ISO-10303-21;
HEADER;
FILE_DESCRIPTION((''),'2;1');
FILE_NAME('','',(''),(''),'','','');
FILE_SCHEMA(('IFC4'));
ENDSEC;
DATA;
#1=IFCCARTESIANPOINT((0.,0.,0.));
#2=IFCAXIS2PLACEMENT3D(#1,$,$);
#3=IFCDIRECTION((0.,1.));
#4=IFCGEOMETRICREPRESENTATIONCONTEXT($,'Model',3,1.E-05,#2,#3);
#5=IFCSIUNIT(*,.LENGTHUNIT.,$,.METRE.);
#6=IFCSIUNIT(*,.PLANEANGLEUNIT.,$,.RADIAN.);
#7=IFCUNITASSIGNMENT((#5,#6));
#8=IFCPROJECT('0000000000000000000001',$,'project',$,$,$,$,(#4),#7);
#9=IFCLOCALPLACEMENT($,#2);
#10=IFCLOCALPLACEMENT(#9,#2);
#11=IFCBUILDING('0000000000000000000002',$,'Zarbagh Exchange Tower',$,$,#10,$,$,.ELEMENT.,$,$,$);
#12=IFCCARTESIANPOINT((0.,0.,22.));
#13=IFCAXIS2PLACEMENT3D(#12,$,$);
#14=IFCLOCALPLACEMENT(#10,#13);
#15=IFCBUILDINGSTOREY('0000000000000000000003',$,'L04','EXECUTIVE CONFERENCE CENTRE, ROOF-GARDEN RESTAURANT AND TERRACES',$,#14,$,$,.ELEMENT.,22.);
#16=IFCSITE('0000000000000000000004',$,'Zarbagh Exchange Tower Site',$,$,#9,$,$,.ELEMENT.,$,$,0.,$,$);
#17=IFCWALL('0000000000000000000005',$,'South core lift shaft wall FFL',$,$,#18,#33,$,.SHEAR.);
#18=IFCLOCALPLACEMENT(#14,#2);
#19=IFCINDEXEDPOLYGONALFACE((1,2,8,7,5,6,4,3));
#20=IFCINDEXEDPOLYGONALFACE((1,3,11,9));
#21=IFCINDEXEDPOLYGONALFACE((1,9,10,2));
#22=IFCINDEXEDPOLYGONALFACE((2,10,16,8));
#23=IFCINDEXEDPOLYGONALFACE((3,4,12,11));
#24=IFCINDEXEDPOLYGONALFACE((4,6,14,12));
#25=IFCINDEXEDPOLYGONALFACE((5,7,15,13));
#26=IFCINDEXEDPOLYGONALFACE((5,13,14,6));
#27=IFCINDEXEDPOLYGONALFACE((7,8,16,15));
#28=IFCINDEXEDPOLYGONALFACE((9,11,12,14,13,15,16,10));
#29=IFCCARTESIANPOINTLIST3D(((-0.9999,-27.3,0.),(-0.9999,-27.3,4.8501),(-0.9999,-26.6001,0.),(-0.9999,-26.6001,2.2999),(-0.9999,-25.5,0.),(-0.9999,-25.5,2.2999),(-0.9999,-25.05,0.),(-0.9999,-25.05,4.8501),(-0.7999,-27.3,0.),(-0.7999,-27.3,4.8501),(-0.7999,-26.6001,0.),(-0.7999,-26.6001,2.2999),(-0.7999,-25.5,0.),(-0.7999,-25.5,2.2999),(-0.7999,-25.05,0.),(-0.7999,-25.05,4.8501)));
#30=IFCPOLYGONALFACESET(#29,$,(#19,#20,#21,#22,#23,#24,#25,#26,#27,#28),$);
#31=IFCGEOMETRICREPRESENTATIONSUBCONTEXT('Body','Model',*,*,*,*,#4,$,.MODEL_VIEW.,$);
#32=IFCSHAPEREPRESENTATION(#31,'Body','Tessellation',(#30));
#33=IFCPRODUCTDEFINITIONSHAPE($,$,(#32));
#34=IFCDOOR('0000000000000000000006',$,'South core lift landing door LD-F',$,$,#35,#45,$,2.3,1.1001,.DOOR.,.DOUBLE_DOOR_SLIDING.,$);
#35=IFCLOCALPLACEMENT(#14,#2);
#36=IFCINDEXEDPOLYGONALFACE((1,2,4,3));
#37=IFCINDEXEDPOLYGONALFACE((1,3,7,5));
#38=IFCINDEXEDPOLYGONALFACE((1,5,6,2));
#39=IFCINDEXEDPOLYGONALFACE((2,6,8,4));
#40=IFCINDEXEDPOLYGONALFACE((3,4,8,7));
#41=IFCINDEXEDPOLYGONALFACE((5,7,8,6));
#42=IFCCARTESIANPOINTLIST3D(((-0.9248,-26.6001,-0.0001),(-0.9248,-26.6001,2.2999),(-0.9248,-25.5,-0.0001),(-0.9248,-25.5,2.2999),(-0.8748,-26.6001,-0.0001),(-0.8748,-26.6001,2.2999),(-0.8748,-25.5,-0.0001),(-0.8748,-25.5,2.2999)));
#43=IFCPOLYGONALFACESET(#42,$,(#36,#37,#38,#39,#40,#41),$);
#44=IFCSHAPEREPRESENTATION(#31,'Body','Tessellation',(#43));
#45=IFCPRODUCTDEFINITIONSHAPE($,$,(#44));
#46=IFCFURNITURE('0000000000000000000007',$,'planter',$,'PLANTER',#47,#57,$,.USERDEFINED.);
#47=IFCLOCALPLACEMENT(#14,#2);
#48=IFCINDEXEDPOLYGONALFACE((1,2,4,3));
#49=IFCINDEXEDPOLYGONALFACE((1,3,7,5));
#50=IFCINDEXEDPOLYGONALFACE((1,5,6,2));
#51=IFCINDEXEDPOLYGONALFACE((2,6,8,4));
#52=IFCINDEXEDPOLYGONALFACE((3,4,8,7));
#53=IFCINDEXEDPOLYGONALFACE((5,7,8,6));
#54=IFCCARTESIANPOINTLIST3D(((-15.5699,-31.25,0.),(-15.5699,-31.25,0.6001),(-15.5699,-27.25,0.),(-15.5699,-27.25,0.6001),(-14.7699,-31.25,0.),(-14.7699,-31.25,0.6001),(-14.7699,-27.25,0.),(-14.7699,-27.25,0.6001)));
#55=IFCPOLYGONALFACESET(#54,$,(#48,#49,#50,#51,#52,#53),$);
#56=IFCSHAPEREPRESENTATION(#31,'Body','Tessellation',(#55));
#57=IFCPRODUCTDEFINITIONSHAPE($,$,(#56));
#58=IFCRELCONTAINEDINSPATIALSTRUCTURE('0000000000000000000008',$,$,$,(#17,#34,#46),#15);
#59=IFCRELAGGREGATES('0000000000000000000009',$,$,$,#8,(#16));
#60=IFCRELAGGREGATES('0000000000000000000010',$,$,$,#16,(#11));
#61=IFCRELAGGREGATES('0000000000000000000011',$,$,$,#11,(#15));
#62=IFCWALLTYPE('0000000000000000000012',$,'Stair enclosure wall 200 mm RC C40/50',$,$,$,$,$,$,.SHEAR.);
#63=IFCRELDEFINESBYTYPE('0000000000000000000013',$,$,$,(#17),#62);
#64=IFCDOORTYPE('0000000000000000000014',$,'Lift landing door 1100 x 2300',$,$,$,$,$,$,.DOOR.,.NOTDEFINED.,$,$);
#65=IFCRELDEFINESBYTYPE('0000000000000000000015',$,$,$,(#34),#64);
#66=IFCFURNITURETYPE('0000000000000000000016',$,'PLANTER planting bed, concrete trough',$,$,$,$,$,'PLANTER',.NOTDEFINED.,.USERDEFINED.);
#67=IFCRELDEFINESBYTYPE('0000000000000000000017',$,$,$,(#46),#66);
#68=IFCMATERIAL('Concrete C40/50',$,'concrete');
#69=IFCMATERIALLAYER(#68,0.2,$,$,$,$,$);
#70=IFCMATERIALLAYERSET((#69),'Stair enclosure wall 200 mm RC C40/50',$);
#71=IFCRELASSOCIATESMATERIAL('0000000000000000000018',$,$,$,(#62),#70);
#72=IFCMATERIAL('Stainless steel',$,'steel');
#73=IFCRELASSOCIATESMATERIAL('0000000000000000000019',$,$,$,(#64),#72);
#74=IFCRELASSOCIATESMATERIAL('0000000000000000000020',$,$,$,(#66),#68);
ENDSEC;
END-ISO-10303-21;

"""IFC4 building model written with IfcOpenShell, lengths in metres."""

from ifc_helpers import new_model, si_unit, direction, frame, frame_2d, origin, origin_2d, place, context, subcontext, project, spatial, rectangle, extrude, material, layer, layer_set, type_object, element, fill, save


model = new_model("IFC4")

# Units and contexts
model_context = context("Model", 3, precision=1e-05, world=origin(), true_north=direction((0.0, 1.0)))
body_context = subcontext(model_context, "Body", "Model", "MODEL_VIEW")
ifc_project = project(units=[si_unit("LENGTHUNIT", "METRE"), si_unit("PLANEANGLEUNIT", "RADIAN")], contexts=[model_context])

# Site, building, storey
site_placement = place(None, origin())
site = spatial("IfcSite", under=ifc_project, at=site_placement, Name="Zarbagh Exchange Tower Site", CompositionType="ELEMENT", RefElevation=0.0)
building_placement = place(site_placement, origin())
building = spatial("IfcBuilding", under=site, at=building_placement, Name="Zarbagh Exchange Tower", CompositionType="ELEMENT")
storey_placement = place(building_placement, frame((0.0, 0.0, 22.0)))
storey = spatial("IfcBuildingStorey", under=building, at=storey_placement, Name="L04", Description="EXECUTIVE CONFERENCE CENTRE, ROOF-GARDEN RESTAURANT AND TERRACES", CompositionType="ELEMENT", Elevation=22.0)

# Wall, opening, door
ifc_material_1 = material(Name="Concrete C40/50", Category="concrete")
ifc_layer_1 = layer(ifc_material_1, 0.2)
ifc_layer_set_1 = layer_set([ifc_layer_1], Name="Stair enclosure wall 200 mm RC C40/50")
wall_type_1 = type_object("IfcWallType", Name="Stair enclosure wall 200 mm RC C40/50", PredefinedType="SHEAR", material=ifc_layer_set_1)
wall_1_placement = place(storey_placement, frame((-0.8999, -27.3, 0.0), z_axis=(0.0, 0.0, 1.0), x_axis=(0.0, 1.0, 0.0)))
wall_1 = element("IfcWall", 1, at=wall_1_placement, inside=storey, type_object=wall_type_1, Name="South core lift shaft wall FFL", PredefinedType="SHEAR", context=body_context, shape_type="SweptSolid", body=[
    extrude(rectangle(XDim=2.25, YDim=0.2, at=frame_2d((1.125, 0.0))), origin(), (0.0, 0.0, 1.0), 4.8501),
])
opening_1_placement = place(wall_1_placement, frame((0.7, 0.0, 0.0)))
opening_1 = element("IfcOpeningElement", 2, at=opening_1_placement, cuts=wall_1, PredefinedType="OPENING", context=body_context, shape_type="SweptSolid", body=[
    extrude(rectangle(XDim=1.1001, YDim=2.3, at=frame_2d((0.55, 1.1499))), frame((0.0, 0.1099, 0.0), z_axis=(0.0, -1.0, 0.0), x_axis=(1.0, 0.0, 0.0)), (0.0, 0.0, 1.0), 0.22),
])
ifc_material_2 = material(Name="Stainless steel", Category="steel")
door_type_1 = type_object("IfcDoorType", Name="Lift landing door 1100 x 2300", OperationType="NOTDEFINED", PredefinedType="DOOR", material=ifc_material_2)
door_1_placement = place(opening_1_placement, origin())
door_1 = element("IfcDoor", 3, at=door_1_placement, inside=storey, type_object=door_type_1, Name="South core lift landing door LD-F", OperationType="DOUBLE_DOOR_SLIDING", OverallHeight=2.3, OverallWidth=1.1001, PredefinedType="DOOR", context=body_context, shape_type="SweptSolid", body=[
    extrude(rectangle(XDim=1.1001, YDim=2.3, at=frame_2d((0.55, 1.1499))), frame((0.0, 0.0249, 0.0), z_axis=(0.0, -1.0, 0.0), x_axis=(1.0, 0.0, 0.0)), (0.0, 0.0, 1.0), 0.05),
])
fill(opening_1, door_1)

# Furniture
furniture_type = type_object("IfcFurnitureType", Name="PLANTER planting bed, concrete trough", ElementType="PLANTER", AssemblyPlace="NOTDEFINED", PredefinedType="USERDEFINED", material=ifc_material_1)
furniture_placement = place(storey_placement, frame((-15.1699, -29.25, 0.0), z_axis=(0.0, 0.0, 1.0), x_axis=(0.0, 1.0, 0.0)))
element("IfcFurniture", 4, at=furniture_placement, inside=storey, type_object=furniture_type, Name="planter", ObjectType="PLANTER", PredefinedType="USERDEFINED", context=body_context, shape_type="SweptSolid", body=[
    extrude(rectangle(XDim=4.0, YDim=0.8, at=origin_2d()), origin(), (0.0, 0.0, 1.0), 0.6001),
])

save(model, "model.ifc")
